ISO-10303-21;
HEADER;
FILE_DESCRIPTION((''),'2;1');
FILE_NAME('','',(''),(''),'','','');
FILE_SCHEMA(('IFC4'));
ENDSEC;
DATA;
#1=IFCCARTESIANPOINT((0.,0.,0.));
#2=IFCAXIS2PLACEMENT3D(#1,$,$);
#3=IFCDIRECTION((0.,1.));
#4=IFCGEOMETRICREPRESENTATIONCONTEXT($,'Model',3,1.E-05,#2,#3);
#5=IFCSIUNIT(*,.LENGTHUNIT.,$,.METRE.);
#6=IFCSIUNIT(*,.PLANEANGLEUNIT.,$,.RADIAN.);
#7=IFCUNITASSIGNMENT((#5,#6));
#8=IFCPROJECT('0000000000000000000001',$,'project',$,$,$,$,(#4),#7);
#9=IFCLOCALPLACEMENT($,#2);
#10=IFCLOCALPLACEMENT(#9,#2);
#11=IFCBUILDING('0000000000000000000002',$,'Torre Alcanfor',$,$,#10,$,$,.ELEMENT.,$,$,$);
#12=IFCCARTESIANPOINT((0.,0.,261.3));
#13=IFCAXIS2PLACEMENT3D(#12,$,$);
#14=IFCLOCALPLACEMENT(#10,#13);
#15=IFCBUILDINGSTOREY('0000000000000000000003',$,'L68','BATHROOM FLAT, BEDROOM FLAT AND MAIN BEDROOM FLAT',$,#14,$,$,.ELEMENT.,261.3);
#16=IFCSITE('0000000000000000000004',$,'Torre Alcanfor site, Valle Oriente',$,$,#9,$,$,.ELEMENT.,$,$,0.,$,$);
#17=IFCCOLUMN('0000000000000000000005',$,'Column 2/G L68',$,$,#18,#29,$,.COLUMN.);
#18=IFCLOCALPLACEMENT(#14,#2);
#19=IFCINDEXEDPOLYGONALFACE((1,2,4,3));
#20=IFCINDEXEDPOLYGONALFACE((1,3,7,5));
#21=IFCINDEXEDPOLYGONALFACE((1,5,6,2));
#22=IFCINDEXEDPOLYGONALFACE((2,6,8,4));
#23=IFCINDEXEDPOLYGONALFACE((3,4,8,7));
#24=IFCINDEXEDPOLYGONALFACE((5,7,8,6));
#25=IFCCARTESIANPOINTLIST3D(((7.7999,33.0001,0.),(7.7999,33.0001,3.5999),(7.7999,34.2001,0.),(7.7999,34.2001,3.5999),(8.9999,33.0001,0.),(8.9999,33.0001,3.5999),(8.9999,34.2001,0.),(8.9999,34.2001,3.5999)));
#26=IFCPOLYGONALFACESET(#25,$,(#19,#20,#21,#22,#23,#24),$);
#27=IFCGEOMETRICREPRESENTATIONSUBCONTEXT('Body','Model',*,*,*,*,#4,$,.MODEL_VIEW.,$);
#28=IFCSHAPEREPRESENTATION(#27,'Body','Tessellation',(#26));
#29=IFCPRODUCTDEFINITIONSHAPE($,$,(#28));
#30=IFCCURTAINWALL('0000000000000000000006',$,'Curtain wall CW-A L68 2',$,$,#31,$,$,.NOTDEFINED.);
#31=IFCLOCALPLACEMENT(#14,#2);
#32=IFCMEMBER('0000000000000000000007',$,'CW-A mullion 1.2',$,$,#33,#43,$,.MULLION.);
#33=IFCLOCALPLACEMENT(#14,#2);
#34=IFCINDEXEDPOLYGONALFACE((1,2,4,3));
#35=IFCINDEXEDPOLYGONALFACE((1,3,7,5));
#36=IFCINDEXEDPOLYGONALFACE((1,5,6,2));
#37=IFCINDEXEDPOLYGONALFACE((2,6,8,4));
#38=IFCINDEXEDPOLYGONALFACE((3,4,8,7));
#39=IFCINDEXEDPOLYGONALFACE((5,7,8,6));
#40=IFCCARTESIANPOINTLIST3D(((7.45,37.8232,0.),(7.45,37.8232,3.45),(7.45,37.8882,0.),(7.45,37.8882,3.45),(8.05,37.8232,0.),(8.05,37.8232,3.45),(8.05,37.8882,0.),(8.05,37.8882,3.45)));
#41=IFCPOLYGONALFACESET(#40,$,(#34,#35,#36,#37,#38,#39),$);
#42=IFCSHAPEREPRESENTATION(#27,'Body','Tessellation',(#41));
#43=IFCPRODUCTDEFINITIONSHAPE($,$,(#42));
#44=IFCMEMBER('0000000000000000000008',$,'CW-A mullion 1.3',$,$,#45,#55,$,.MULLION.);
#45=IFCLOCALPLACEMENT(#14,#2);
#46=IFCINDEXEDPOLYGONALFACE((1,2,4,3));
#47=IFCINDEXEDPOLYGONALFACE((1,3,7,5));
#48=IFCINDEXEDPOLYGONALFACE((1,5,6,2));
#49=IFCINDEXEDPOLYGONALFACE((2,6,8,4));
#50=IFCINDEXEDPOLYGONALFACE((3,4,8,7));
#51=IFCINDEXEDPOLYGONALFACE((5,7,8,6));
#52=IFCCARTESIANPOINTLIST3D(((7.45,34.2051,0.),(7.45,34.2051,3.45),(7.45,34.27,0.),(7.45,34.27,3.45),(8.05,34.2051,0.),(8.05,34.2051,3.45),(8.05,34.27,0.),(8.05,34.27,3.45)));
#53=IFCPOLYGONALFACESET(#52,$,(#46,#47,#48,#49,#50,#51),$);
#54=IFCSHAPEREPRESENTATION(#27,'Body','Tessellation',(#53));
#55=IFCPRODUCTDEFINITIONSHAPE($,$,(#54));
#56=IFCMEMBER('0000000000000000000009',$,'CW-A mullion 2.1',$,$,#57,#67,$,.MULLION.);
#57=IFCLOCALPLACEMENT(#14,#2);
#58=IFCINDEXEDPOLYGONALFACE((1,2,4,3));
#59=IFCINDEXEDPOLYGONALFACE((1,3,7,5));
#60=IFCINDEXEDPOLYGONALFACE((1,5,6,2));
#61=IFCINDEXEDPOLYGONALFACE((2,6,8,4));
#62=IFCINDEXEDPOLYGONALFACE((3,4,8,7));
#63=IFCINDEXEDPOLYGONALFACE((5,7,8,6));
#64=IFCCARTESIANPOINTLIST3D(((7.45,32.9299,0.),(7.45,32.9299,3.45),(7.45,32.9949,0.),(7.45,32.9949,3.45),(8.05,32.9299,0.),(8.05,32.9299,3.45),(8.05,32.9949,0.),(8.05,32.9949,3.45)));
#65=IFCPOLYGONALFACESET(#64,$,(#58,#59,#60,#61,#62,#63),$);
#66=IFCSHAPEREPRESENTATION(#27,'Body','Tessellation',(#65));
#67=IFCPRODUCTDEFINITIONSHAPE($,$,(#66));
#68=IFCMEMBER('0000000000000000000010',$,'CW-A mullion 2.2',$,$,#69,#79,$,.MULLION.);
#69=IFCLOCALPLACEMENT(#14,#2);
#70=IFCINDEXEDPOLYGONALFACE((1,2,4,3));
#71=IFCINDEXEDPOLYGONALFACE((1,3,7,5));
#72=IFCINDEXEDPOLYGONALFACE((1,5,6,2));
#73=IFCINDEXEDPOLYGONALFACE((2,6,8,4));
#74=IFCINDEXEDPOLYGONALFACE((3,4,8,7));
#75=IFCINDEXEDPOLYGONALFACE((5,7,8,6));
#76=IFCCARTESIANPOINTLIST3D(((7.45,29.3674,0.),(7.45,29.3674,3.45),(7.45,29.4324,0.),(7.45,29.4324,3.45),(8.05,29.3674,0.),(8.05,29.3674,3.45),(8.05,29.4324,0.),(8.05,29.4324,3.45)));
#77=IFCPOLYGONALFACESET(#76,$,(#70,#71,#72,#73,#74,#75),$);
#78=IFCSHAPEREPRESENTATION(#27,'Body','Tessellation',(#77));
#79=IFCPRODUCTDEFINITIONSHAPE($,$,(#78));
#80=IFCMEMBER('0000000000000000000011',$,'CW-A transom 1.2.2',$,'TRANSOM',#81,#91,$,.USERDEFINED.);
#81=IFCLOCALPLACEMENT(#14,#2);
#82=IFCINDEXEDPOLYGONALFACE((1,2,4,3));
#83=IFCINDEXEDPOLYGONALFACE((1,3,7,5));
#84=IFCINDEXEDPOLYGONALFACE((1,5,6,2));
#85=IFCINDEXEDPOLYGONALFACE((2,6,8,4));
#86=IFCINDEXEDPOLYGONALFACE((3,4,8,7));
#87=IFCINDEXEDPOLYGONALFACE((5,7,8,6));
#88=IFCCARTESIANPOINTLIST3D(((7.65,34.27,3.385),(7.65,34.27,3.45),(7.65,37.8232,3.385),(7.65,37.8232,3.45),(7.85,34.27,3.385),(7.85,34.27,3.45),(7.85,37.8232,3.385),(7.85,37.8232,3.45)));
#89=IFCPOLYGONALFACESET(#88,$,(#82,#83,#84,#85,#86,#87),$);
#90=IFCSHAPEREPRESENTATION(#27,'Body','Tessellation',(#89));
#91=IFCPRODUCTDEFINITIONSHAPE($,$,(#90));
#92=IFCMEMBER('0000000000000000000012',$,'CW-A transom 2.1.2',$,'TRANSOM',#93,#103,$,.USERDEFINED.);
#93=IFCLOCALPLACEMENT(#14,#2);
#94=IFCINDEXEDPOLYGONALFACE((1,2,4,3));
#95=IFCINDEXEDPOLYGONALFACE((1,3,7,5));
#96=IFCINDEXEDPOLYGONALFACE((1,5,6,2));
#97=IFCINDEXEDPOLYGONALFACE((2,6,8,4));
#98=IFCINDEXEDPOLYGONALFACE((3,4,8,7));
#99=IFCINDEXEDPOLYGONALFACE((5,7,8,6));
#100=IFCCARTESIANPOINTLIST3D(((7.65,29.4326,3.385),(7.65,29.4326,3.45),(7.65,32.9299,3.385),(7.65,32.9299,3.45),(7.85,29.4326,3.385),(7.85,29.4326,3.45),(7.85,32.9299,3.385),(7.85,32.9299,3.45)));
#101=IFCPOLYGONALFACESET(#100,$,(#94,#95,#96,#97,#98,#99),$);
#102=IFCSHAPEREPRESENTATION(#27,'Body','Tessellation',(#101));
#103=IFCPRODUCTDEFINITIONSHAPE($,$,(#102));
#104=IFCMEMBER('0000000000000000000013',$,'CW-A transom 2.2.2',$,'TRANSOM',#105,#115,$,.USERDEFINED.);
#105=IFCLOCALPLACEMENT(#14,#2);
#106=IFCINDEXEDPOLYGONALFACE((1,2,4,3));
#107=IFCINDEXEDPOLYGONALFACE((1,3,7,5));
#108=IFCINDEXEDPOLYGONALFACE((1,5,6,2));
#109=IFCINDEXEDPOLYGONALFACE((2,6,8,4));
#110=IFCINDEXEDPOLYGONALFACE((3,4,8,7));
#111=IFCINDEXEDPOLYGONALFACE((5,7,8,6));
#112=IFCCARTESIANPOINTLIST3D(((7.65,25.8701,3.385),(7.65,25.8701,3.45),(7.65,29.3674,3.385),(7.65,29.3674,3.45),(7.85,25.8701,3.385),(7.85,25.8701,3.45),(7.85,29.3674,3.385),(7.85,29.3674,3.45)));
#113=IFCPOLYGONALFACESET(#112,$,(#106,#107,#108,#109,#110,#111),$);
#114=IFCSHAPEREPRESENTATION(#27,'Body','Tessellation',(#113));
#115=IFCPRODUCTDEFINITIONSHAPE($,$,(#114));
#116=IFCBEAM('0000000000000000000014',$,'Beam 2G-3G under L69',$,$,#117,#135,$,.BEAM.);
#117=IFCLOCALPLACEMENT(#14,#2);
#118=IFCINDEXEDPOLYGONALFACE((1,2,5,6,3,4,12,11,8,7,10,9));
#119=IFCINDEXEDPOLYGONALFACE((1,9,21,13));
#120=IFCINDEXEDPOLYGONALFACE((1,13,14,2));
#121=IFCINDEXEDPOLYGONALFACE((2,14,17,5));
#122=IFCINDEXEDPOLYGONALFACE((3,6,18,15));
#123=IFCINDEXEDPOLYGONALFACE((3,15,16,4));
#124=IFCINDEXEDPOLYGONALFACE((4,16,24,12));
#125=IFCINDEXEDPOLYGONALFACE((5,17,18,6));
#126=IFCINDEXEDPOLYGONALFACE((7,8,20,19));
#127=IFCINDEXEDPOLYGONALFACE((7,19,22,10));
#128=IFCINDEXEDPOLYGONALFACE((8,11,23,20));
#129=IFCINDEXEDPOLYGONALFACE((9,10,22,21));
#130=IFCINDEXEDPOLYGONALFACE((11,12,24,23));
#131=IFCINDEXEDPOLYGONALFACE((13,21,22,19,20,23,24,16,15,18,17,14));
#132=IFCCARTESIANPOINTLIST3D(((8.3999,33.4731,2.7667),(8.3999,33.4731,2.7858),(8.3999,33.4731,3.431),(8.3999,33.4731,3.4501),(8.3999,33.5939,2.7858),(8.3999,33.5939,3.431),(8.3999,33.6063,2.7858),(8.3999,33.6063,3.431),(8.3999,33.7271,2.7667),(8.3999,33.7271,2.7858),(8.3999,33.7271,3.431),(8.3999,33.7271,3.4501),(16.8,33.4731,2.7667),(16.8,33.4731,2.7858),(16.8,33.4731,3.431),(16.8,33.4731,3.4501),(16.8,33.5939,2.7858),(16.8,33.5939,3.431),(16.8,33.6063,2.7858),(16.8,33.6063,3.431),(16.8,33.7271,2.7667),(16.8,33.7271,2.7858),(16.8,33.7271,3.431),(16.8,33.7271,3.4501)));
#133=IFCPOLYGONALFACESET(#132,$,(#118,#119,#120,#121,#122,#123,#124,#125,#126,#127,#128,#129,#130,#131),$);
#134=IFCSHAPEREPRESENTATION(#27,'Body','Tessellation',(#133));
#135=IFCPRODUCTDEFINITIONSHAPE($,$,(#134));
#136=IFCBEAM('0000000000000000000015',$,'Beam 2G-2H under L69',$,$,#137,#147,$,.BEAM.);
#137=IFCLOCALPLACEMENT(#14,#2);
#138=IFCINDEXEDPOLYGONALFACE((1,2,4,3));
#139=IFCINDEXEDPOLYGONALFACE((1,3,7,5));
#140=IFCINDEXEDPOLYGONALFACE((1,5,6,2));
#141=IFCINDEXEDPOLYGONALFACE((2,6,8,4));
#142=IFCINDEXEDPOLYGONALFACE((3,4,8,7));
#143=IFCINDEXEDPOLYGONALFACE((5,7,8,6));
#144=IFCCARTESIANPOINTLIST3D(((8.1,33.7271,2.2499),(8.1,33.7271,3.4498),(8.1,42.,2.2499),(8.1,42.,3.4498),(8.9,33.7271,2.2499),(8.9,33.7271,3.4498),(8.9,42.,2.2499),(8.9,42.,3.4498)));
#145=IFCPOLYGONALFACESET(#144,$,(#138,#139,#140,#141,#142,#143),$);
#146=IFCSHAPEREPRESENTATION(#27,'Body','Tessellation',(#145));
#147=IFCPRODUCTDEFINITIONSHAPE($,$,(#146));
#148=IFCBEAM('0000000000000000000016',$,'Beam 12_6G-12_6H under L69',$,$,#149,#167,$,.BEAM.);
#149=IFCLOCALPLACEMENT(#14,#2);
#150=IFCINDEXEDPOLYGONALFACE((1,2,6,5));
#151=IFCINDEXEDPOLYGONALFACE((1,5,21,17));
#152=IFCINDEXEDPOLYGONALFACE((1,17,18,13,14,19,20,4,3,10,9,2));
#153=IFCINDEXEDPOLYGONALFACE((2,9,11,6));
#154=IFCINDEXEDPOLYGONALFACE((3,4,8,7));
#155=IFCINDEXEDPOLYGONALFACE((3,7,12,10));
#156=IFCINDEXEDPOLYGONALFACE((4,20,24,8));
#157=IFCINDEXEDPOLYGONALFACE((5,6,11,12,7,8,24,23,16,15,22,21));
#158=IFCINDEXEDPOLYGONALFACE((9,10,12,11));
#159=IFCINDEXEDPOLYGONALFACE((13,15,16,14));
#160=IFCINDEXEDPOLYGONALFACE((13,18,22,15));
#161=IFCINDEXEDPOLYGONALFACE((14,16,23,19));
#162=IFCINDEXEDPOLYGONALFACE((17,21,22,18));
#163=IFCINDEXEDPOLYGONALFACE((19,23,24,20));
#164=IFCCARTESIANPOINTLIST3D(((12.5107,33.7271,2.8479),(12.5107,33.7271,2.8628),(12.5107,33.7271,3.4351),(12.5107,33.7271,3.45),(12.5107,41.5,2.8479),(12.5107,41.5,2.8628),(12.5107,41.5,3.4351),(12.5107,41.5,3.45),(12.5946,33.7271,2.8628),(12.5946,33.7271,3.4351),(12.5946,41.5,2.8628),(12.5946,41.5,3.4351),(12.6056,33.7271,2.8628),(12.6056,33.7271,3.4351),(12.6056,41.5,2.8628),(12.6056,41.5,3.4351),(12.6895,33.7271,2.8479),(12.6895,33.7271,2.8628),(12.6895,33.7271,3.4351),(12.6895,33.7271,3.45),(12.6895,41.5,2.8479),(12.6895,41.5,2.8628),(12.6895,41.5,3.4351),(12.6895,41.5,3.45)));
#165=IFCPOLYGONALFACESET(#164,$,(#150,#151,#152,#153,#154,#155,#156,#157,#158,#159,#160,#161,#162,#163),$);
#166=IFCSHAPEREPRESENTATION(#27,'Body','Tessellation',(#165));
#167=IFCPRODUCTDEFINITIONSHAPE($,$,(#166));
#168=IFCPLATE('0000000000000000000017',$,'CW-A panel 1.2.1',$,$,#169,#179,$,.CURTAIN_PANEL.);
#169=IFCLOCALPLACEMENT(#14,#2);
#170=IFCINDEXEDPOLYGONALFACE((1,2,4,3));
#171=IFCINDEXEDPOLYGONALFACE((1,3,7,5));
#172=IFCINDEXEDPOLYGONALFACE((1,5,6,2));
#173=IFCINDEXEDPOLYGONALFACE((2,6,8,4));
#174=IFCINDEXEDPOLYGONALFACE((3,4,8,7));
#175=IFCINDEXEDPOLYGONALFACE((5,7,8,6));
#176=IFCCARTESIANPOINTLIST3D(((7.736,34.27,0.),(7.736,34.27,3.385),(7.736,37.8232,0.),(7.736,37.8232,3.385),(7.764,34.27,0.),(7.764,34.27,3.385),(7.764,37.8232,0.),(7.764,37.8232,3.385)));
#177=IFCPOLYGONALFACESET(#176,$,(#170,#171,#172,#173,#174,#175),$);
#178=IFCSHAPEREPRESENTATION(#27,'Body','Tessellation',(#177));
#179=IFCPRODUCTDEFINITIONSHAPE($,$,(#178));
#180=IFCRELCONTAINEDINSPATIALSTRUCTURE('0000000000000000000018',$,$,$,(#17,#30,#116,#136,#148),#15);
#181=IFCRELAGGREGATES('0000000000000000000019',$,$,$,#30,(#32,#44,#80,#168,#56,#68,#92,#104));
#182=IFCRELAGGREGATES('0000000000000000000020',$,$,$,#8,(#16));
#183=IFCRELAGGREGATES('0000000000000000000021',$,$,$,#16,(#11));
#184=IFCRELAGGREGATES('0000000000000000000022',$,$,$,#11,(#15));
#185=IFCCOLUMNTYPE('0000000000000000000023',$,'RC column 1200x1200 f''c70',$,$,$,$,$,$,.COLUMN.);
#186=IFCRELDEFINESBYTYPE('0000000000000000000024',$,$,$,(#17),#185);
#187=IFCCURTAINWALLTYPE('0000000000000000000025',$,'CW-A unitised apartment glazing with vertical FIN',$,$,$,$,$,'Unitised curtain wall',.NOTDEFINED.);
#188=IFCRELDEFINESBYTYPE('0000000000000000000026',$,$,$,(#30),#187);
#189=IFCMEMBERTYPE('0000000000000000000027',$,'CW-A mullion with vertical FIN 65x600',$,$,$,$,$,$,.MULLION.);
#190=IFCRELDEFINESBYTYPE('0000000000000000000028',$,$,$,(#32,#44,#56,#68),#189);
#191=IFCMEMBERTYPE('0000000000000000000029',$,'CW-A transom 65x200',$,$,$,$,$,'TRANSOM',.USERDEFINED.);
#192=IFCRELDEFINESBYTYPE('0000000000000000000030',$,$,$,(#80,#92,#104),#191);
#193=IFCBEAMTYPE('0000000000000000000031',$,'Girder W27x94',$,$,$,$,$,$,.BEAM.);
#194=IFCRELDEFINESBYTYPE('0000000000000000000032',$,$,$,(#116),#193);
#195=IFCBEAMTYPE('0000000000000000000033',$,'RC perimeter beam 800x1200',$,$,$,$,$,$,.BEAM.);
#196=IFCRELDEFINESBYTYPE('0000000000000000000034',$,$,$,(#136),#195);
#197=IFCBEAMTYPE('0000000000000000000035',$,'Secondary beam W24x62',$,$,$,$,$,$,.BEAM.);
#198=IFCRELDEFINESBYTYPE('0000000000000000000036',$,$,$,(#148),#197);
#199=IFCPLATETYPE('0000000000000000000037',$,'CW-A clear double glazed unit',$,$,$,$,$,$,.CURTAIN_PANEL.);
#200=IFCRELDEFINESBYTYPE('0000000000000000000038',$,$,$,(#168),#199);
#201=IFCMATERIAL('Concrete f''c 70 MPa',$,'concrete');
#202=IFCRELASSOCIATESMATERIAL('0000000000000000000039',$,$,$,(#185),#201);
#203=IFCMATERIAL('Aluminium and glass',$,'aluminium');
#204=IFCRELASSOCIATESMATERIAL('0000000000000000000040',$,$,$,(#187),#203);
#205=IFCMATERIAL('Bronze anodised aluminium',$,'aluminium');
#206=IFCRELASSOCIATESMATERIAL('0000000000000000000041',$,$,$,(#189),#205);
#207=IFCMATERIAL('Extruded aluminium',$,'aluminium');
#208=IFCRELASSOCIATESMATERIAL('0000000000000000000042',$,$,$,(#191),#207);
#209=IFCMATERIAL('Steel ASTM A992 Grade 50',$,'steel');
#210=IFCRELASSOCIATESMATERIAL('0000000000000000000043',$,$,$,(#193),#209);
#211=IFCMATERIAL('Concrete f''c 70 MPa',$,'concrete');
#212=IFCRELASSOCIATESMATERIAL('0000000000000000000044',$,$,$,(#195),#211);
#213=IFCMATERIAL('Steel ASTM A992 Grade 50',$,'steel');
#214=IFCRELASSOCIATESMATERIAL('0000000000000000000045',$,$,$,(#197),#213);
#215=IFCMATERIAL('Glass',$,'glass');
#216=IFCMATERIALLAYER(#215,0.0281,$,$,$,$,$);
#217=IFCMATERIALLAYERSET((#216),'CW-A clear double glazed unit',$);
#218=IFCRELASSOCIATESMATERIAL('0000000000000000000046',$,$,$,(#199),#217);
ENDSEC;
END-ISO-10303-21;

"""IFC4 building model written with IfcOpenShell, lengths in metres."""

from ifc_helpers import new_model, si_unit, direction, frame, origin, origin_2d, place, context, subcontext, project, spatial, rectangle, i_section, extrude, material, layer, layer_set, material_profile, profile_set, type_object, element, aggregate, save


model = new_model("IFC4")

# Units and contexts
model_context = context("Model", 3, precision=1e-05, world=origin(), true_north=direction((0.0, 1.0)))
body_context = subcontext(model_context, "Body", "Model", "MODEL_VIEW")
ifc_project = project(units=[si_unit("LENGTHUNIT", "METRE"), si_unit("PLANEANGLEUNIT", "RADIAN")], contexts=[model_context])

# Site, building, storey
site_placement = place(None, origin())
site = spatial("IfcSite", under=ifc_project, at=site_placement, Name="Torre Alcanfor site, Valle Oriente", CompositionType="ELEMENT", RefElevation=0.0)
building_placement = place(site_placement, origin())
building = spatial("IfcBuilding", under=site, at=building_placement, Name="Torre Alcanfor", CompositionType="ELEMENT")
storey_placement = place(building_placement, frame((0.0, 0.0, 261.3)))
storey = spatial("IfcBuildingStorey", under=building, at=storey_placement, Name="L68", Description="BATHROOM FLAT, BEDROOM FLAT AND MAIN BEDROOM FLAT", CompositionType="ELEMENT", Elevation=261.3)

# Column
ifc_material_1 = material(Name="Concrete f'c 70 MPa", Category="concrete")
ifc_material_profile_1 = material_profile(ifc_material_1, rectangle(XDim=1.2, YDim=1.2, at=origin_2d()), Name="1200x1200")
ifc_profile_set_1 = profile_set([ifc_material_profile_1], Name="Concrete f'c 70 MPa")
column_type = type_object("IfcColumnType", Name="RC column 1200x1200 f'c70", PredefinedType="COLUMN", material=ifc_profile_set_1)
column_placement = place(storey_placement, frame((8.3999, 33.6001, 0.0), z_axis=(0.0, 0.0, 1.0), x_axis=(1.0, 0.0, 0.0)))
element("IfcColumn", 1, at=column_placement, inside=storey, type_object=column_type, Name="Column 2/G L68", PredefinedType="COLUMN", context=body_context, shape_type="SweptSolid", body=[
    extrude(rectangle(XDim=1.2, YDim=1.2, at=origin_2d()), origin(), (0.0, 0.0, 1.0), 3.5999),
])

# Curtain wall, members
ifc_material_2 = material(Name="Aluminium and glass", Category="aluminium")
curtain_wall_type = type_object("IfcCurtainWallType", Name="CW-A unitised apartment glazing with vertical FIN", ElementType="Unitised curtain wall", PredefinedType="NOTDEFINED", material=ifc_material_2)
curtain_wall_placement = place(storey_placement, origin())
curtain_wall = element("IfcCurtainWall", 2, at=curtain_wall_placement, inside=storey, type_object=curtain_wall_type, Name="Curtain wall CW-A L68 2", PredefinedType="NOTDEFINED")
ifc_material_3 = material(Name="Bronze anodised aluminium", Category="aluminium")
ifc_material_profile_2 = material_profile(ifc_material_3, rectangle(XDim=0.6001, YDim=0.0649, at=origin_2d()), Name="CW-A mullion 65x600")
ifc_profile_set_2 = profile_set([ifc_material_profile_2], Name="Bronze anodised aluminium")
member_type_1 = type_object("IfcMemberType", Name="CW-A mullion with vertical FIN 65x600", PredefinedType="MULLION", material=ifc_profile_set_2)
member_1_placement = place(storey_placement, frame((7.75, 37.8557, 0.0), z_axis=(0.0, 0.0, 1.0), x_axis=(1.0, 0.0, 0.0)))
member_1 = element("IfcMember", 3, at=member_1_placement, type_object=member_type_1, Name="CW-A mullion 1.2", PredefinedType="MULLION", context=body_context, shape_type="SweptSolid", body=[
    extrude(rectangle(XDim=0.6001, YDim=0.0649, at=origin_2d()), origin(), (0.0, 0.0, 1.0), 3.45),
])
member_2_placement = place(storey_placement, frame((7.75, 34.2375, 0.0), z_axis=(0.0, 0.0, 1.0), x_axis=(1.0, 0.0, 0.0)))
member_2 = element("IfcMember", 4, at=member_2_placement, type_object=member_type_1, Name="CW-A mullion 1.3", PredefinedType="MULLION", context=body_context, shape_type="SweptSolid", body=[
    extrude(rectangle(XDim=0.6001, YDim=0.0649, at=origin_2d()), origin(), (0.0, 0.0, 1.0), 3.45),
])
member_3_placement = place(storey_placement, frame((7.75, 32.9624, 0.0), z_axis=(0.0, 0.0, 1.0), x_axis=(1.0, 0.0, 0.0)))
member_3 = element("IfcMember", 5, at=member_3_placement, type_object=member_type_1, Name="CW-A mullion 2.1", PredefinedType="MULLION", context=body_context, shape_type="SweptSolid", body=[
    extrude(rectangle(XDim=0.6001, YDim=0.0649, at=origin_2d()), origin(), (0.0, 0.0, 1.0), 3.45),
])
member_4_placement = place(storey_placement, frame((7.75, 29.3999, 0.0), z_axis=(0.0, 0.0, 1.0), x_axis=(1.0, 0.0, 0.0)))
member_4 = element("IfcMember", 6, at=member_4_placement, type_object=member_type_1, Name="CW-A mullion 2.2", PredefinedType="MULLION", context=body_context, shape_type="SweptSolid", body=[
    extrude(rectangle(XDim=0.6001, YDim=0.0649, at=origin_2d()), origin(), (0.0, 0.0, 1.0), 3.45),
])
ifc_material_4 = material(Name="Extruded aluminium", Category="aluminium")
ifc_material_profile_3 = material_profile(ifc_material_4, rectangle(XDim=0.2, YDim=0.0649, at=origin_2d()), Name="CW-A transom 200x65")
ifc_profile_set_3 = profile_set([ifc_material_profile_3], Name="Extruded aluminium")
member_type_2 = type_object("IfcMemberType", Name="CW-A transom 65x200", ElementType="TRANSOM", PredefinedType="USERDEFINED", material=ifc_profile_set_3)
member_5_placement = place(storey_placement, frame((7.75, 37.8232, 3.4175), z_axis=(0.0, -1.0, 0.0), x_axis=(1.0, 0.0, 0.0)))
member_5 = element("IfcMember", 7, at=member_5_placement, type_object=member_type_2, Name="CW-A transom 1.2.2", ObjectType="TRANSOM", PredefinedType="USERDEFINED", context=body_context, shape_type="SweptSolid", body=[
    extrude(rectangle(XDim=0.2, YDim=0.0649, at=origin_2d()), origin(), (0.0, 0.0, 1.0), 3.5532),
])
member_6_placement = place(storey_placement, frame((7.75, 32.9299, 3.4175), z_axis=(0.0, -1.0, 0.0), x_axis=(1.0, 0.0, 0.0)))
member_6 = element("IfcMember", 8, at=member_6_placement, type_object=member_type_2, Name="CW-A transom 2.1.2", ObjectType="TRANSOM", PredefinedType="USERDEFINED", context=body_context, shape_type="SweptSolid", body=[
    extrude(rectangle(XDim=0.2, YDim=0.0649, at=origin_2d()), origin(), (0.0, 0.0, 1.0), 3.4973),
])
member_7_placement = place(storey_placement, frame((7.75, 29.3674, 3.4175), z_axis=(0.0, -1.0, 0.0), x_axis=(1.0, 0.0, 0.0)))
member_7 = element("IfcMember", 9, at=member_7_placement, type_object=member_type_2, Name="CW-A transom 2.2.2", ObjectType="TRANSOM", PredefinedType="USERDEFINED", context=body_context, shape_type="SweptSolid", body=[
    extrude(rectangle(XDim=0.2, YDim=0.0649, at=origin_2d()), origin(), (0.0, 0.0, 1.0), 3.4973),
])

# Beams
ifc_material_5 = material(Name="Steel ASTM A992 Grade 50", Category="steel")
ifc_material_profile_4 = material_profile(ifc_material_5, i_section(OverallWidth=0.2539, OverallDepth=0.6833, WebThickness=0.0125, FlangeThickness=0.019, at=origin_2d()), Name="W27x94")
ifc_profile_set_4 = profile_set([ifc_material_profile_4], Name="Steel ASTM A992 Grade 50")
beam_type_1 = type_object("IfcBeamType", Name="Girder W27x94", PredefinedType="BEAM", material=ifc_profile_set_4)
beam_1_placement = place(storey_placement, frame((8.3999, 33.6001, 3.1084), z_axis=(1.0, 0.0, 0.0), x_axis=(0.0, 1.0, 0.0)))
element("IfcBeam", 10, at=beam_1_placement, inside=storey, type_object=beam_type_1, Name="Beam 2G-3G under L69", PredefinedType="BEAM", context=body_context, shape_type="SweptSolid", body=[
    extrude(i_section(OverallWidth=0.2539, OverallDepth=0.6833, WebThickness=0.0125, FlangeThickness=0.019, at=origin_2d()), origin(), (0.0, 0.0, 1.0), 8.4001),
])
ifc_material_6 = material(Name="Concrete f'c 70 MPa", Category="concrete")
ifc_material_profile_5 = material_profile(ifc_material_6, rectangle(XDim=0.8, YDim=1.2, at=origin_2d()), Name="800x1200")
ifc_profile_set_5 = profile_set([ifc_material_profile_5], Name="Concrete f'c 70 MPa")
beam_type_2 = type_object("IfcBeamType", Name="RC perimeter beam 800x1200", PredefinedType="BEAM", material=ifc_profile_set_5)
beam_2_placement = place(storey_placement, frame((8.5, 33.7271, 2.8499), z_axis=(0.0, 1.0, 0.0), x_axis=(-1.0, 0.0, 0.0)))
element("IfcBeam", 11, at=beam_2_placement, inside=storey, type_object=beam_type_2, Name="Beam 2G-2H under L69", PredefinedType="BEAM", context=body_context, shape_type="SweptSolid", body=[
    extrude(rectangle(XDim=0.8, YDim=1.2, at=origin_2d()), origin(), (0.0, 0.0, 1.0), 8.2729),
])
ifc_material_7 = material(Name="Steel ASTM A992 Grade 50", Category="steel")
ifc_material_profile_6 = material_profile(ifc_material_7, i_section(OverallWidth=0.1787, OverallDepth=0.6021, WebThickness=0.011, FlangeThickness=0.0149, at=origin_2d()), Name="W24x62")
ifc_profile_set_6 = profile_set([ifc_material_profile_6], Name="Steel ASTM A992 Grade 50")
beam_type_3 = type_object("IfcBeamType", Name="Secondary beam W24x62", PredefinedType="BEAM", material=ifc_profile_set_6)
beam_3_placement = place(storey_placement, frame((12.6001, 33.7271, 3.1489), z_axis=(0.0, 1.0, 0.0), x_axis=(-1.0, 0.0, 0.0)))
element("IfcBeam", 12, at=beam_3_placement, inside=storey, type_object=beam_type_3, Name="Beam 12_6G-12_6H under L69", PredefinedType="BEAM", context=body_context, shape_type="SweptSolid", body=[
    extrude(i_section(OverallWidth=0.1787, OverallDepth=0.6021, WebThickness=0.011, FlangeThickness=0.0149, at=origin_2d()), origin(), (0.0, 0.0, 1.0), 7.7729),
])

# Plate
ifc_material_8 = material(Name="Glass", Category="glass")
ifc_layer_1 = layer(ifc_material_8, 0.0281)
ifc_layer_set_1 = layer_set([ifc_layer_1], Name="CW-A clear double glazed unit")
plate_type = type_object("IfcPlateType", Name="CW-A clear double glazed unit", PredefinedType="CURTAIN_PANEL", material=ifc_layer_set_1)
plate_1_placement = place(storey_placement, frame((7.75, 36.0466, 0.0), z_axis=(0.0, 0.0, 1.0), x_axis=(0.0, -1.0, 0.0)))
plate_1 = element("IfcPlate", 13, at=plate_1_placement, type_object=plate_type, Name="CW-A panel 1.2.1", PredefinedType="CURTAIN_PANEL", context=body_context, shape_type="SweptSolid", body=[
    extrude(rectangle(XDim=3.5532, YDim=0.0281, at=origin_2d()), origin(), (0.0, 0.0, 1.0), 3.385),
])
aggregate(curtain_wall, [member_1, member_2, member_5, plate_1, member_3, member_4, member_6, member_7])

save(model, "model.ifc")
